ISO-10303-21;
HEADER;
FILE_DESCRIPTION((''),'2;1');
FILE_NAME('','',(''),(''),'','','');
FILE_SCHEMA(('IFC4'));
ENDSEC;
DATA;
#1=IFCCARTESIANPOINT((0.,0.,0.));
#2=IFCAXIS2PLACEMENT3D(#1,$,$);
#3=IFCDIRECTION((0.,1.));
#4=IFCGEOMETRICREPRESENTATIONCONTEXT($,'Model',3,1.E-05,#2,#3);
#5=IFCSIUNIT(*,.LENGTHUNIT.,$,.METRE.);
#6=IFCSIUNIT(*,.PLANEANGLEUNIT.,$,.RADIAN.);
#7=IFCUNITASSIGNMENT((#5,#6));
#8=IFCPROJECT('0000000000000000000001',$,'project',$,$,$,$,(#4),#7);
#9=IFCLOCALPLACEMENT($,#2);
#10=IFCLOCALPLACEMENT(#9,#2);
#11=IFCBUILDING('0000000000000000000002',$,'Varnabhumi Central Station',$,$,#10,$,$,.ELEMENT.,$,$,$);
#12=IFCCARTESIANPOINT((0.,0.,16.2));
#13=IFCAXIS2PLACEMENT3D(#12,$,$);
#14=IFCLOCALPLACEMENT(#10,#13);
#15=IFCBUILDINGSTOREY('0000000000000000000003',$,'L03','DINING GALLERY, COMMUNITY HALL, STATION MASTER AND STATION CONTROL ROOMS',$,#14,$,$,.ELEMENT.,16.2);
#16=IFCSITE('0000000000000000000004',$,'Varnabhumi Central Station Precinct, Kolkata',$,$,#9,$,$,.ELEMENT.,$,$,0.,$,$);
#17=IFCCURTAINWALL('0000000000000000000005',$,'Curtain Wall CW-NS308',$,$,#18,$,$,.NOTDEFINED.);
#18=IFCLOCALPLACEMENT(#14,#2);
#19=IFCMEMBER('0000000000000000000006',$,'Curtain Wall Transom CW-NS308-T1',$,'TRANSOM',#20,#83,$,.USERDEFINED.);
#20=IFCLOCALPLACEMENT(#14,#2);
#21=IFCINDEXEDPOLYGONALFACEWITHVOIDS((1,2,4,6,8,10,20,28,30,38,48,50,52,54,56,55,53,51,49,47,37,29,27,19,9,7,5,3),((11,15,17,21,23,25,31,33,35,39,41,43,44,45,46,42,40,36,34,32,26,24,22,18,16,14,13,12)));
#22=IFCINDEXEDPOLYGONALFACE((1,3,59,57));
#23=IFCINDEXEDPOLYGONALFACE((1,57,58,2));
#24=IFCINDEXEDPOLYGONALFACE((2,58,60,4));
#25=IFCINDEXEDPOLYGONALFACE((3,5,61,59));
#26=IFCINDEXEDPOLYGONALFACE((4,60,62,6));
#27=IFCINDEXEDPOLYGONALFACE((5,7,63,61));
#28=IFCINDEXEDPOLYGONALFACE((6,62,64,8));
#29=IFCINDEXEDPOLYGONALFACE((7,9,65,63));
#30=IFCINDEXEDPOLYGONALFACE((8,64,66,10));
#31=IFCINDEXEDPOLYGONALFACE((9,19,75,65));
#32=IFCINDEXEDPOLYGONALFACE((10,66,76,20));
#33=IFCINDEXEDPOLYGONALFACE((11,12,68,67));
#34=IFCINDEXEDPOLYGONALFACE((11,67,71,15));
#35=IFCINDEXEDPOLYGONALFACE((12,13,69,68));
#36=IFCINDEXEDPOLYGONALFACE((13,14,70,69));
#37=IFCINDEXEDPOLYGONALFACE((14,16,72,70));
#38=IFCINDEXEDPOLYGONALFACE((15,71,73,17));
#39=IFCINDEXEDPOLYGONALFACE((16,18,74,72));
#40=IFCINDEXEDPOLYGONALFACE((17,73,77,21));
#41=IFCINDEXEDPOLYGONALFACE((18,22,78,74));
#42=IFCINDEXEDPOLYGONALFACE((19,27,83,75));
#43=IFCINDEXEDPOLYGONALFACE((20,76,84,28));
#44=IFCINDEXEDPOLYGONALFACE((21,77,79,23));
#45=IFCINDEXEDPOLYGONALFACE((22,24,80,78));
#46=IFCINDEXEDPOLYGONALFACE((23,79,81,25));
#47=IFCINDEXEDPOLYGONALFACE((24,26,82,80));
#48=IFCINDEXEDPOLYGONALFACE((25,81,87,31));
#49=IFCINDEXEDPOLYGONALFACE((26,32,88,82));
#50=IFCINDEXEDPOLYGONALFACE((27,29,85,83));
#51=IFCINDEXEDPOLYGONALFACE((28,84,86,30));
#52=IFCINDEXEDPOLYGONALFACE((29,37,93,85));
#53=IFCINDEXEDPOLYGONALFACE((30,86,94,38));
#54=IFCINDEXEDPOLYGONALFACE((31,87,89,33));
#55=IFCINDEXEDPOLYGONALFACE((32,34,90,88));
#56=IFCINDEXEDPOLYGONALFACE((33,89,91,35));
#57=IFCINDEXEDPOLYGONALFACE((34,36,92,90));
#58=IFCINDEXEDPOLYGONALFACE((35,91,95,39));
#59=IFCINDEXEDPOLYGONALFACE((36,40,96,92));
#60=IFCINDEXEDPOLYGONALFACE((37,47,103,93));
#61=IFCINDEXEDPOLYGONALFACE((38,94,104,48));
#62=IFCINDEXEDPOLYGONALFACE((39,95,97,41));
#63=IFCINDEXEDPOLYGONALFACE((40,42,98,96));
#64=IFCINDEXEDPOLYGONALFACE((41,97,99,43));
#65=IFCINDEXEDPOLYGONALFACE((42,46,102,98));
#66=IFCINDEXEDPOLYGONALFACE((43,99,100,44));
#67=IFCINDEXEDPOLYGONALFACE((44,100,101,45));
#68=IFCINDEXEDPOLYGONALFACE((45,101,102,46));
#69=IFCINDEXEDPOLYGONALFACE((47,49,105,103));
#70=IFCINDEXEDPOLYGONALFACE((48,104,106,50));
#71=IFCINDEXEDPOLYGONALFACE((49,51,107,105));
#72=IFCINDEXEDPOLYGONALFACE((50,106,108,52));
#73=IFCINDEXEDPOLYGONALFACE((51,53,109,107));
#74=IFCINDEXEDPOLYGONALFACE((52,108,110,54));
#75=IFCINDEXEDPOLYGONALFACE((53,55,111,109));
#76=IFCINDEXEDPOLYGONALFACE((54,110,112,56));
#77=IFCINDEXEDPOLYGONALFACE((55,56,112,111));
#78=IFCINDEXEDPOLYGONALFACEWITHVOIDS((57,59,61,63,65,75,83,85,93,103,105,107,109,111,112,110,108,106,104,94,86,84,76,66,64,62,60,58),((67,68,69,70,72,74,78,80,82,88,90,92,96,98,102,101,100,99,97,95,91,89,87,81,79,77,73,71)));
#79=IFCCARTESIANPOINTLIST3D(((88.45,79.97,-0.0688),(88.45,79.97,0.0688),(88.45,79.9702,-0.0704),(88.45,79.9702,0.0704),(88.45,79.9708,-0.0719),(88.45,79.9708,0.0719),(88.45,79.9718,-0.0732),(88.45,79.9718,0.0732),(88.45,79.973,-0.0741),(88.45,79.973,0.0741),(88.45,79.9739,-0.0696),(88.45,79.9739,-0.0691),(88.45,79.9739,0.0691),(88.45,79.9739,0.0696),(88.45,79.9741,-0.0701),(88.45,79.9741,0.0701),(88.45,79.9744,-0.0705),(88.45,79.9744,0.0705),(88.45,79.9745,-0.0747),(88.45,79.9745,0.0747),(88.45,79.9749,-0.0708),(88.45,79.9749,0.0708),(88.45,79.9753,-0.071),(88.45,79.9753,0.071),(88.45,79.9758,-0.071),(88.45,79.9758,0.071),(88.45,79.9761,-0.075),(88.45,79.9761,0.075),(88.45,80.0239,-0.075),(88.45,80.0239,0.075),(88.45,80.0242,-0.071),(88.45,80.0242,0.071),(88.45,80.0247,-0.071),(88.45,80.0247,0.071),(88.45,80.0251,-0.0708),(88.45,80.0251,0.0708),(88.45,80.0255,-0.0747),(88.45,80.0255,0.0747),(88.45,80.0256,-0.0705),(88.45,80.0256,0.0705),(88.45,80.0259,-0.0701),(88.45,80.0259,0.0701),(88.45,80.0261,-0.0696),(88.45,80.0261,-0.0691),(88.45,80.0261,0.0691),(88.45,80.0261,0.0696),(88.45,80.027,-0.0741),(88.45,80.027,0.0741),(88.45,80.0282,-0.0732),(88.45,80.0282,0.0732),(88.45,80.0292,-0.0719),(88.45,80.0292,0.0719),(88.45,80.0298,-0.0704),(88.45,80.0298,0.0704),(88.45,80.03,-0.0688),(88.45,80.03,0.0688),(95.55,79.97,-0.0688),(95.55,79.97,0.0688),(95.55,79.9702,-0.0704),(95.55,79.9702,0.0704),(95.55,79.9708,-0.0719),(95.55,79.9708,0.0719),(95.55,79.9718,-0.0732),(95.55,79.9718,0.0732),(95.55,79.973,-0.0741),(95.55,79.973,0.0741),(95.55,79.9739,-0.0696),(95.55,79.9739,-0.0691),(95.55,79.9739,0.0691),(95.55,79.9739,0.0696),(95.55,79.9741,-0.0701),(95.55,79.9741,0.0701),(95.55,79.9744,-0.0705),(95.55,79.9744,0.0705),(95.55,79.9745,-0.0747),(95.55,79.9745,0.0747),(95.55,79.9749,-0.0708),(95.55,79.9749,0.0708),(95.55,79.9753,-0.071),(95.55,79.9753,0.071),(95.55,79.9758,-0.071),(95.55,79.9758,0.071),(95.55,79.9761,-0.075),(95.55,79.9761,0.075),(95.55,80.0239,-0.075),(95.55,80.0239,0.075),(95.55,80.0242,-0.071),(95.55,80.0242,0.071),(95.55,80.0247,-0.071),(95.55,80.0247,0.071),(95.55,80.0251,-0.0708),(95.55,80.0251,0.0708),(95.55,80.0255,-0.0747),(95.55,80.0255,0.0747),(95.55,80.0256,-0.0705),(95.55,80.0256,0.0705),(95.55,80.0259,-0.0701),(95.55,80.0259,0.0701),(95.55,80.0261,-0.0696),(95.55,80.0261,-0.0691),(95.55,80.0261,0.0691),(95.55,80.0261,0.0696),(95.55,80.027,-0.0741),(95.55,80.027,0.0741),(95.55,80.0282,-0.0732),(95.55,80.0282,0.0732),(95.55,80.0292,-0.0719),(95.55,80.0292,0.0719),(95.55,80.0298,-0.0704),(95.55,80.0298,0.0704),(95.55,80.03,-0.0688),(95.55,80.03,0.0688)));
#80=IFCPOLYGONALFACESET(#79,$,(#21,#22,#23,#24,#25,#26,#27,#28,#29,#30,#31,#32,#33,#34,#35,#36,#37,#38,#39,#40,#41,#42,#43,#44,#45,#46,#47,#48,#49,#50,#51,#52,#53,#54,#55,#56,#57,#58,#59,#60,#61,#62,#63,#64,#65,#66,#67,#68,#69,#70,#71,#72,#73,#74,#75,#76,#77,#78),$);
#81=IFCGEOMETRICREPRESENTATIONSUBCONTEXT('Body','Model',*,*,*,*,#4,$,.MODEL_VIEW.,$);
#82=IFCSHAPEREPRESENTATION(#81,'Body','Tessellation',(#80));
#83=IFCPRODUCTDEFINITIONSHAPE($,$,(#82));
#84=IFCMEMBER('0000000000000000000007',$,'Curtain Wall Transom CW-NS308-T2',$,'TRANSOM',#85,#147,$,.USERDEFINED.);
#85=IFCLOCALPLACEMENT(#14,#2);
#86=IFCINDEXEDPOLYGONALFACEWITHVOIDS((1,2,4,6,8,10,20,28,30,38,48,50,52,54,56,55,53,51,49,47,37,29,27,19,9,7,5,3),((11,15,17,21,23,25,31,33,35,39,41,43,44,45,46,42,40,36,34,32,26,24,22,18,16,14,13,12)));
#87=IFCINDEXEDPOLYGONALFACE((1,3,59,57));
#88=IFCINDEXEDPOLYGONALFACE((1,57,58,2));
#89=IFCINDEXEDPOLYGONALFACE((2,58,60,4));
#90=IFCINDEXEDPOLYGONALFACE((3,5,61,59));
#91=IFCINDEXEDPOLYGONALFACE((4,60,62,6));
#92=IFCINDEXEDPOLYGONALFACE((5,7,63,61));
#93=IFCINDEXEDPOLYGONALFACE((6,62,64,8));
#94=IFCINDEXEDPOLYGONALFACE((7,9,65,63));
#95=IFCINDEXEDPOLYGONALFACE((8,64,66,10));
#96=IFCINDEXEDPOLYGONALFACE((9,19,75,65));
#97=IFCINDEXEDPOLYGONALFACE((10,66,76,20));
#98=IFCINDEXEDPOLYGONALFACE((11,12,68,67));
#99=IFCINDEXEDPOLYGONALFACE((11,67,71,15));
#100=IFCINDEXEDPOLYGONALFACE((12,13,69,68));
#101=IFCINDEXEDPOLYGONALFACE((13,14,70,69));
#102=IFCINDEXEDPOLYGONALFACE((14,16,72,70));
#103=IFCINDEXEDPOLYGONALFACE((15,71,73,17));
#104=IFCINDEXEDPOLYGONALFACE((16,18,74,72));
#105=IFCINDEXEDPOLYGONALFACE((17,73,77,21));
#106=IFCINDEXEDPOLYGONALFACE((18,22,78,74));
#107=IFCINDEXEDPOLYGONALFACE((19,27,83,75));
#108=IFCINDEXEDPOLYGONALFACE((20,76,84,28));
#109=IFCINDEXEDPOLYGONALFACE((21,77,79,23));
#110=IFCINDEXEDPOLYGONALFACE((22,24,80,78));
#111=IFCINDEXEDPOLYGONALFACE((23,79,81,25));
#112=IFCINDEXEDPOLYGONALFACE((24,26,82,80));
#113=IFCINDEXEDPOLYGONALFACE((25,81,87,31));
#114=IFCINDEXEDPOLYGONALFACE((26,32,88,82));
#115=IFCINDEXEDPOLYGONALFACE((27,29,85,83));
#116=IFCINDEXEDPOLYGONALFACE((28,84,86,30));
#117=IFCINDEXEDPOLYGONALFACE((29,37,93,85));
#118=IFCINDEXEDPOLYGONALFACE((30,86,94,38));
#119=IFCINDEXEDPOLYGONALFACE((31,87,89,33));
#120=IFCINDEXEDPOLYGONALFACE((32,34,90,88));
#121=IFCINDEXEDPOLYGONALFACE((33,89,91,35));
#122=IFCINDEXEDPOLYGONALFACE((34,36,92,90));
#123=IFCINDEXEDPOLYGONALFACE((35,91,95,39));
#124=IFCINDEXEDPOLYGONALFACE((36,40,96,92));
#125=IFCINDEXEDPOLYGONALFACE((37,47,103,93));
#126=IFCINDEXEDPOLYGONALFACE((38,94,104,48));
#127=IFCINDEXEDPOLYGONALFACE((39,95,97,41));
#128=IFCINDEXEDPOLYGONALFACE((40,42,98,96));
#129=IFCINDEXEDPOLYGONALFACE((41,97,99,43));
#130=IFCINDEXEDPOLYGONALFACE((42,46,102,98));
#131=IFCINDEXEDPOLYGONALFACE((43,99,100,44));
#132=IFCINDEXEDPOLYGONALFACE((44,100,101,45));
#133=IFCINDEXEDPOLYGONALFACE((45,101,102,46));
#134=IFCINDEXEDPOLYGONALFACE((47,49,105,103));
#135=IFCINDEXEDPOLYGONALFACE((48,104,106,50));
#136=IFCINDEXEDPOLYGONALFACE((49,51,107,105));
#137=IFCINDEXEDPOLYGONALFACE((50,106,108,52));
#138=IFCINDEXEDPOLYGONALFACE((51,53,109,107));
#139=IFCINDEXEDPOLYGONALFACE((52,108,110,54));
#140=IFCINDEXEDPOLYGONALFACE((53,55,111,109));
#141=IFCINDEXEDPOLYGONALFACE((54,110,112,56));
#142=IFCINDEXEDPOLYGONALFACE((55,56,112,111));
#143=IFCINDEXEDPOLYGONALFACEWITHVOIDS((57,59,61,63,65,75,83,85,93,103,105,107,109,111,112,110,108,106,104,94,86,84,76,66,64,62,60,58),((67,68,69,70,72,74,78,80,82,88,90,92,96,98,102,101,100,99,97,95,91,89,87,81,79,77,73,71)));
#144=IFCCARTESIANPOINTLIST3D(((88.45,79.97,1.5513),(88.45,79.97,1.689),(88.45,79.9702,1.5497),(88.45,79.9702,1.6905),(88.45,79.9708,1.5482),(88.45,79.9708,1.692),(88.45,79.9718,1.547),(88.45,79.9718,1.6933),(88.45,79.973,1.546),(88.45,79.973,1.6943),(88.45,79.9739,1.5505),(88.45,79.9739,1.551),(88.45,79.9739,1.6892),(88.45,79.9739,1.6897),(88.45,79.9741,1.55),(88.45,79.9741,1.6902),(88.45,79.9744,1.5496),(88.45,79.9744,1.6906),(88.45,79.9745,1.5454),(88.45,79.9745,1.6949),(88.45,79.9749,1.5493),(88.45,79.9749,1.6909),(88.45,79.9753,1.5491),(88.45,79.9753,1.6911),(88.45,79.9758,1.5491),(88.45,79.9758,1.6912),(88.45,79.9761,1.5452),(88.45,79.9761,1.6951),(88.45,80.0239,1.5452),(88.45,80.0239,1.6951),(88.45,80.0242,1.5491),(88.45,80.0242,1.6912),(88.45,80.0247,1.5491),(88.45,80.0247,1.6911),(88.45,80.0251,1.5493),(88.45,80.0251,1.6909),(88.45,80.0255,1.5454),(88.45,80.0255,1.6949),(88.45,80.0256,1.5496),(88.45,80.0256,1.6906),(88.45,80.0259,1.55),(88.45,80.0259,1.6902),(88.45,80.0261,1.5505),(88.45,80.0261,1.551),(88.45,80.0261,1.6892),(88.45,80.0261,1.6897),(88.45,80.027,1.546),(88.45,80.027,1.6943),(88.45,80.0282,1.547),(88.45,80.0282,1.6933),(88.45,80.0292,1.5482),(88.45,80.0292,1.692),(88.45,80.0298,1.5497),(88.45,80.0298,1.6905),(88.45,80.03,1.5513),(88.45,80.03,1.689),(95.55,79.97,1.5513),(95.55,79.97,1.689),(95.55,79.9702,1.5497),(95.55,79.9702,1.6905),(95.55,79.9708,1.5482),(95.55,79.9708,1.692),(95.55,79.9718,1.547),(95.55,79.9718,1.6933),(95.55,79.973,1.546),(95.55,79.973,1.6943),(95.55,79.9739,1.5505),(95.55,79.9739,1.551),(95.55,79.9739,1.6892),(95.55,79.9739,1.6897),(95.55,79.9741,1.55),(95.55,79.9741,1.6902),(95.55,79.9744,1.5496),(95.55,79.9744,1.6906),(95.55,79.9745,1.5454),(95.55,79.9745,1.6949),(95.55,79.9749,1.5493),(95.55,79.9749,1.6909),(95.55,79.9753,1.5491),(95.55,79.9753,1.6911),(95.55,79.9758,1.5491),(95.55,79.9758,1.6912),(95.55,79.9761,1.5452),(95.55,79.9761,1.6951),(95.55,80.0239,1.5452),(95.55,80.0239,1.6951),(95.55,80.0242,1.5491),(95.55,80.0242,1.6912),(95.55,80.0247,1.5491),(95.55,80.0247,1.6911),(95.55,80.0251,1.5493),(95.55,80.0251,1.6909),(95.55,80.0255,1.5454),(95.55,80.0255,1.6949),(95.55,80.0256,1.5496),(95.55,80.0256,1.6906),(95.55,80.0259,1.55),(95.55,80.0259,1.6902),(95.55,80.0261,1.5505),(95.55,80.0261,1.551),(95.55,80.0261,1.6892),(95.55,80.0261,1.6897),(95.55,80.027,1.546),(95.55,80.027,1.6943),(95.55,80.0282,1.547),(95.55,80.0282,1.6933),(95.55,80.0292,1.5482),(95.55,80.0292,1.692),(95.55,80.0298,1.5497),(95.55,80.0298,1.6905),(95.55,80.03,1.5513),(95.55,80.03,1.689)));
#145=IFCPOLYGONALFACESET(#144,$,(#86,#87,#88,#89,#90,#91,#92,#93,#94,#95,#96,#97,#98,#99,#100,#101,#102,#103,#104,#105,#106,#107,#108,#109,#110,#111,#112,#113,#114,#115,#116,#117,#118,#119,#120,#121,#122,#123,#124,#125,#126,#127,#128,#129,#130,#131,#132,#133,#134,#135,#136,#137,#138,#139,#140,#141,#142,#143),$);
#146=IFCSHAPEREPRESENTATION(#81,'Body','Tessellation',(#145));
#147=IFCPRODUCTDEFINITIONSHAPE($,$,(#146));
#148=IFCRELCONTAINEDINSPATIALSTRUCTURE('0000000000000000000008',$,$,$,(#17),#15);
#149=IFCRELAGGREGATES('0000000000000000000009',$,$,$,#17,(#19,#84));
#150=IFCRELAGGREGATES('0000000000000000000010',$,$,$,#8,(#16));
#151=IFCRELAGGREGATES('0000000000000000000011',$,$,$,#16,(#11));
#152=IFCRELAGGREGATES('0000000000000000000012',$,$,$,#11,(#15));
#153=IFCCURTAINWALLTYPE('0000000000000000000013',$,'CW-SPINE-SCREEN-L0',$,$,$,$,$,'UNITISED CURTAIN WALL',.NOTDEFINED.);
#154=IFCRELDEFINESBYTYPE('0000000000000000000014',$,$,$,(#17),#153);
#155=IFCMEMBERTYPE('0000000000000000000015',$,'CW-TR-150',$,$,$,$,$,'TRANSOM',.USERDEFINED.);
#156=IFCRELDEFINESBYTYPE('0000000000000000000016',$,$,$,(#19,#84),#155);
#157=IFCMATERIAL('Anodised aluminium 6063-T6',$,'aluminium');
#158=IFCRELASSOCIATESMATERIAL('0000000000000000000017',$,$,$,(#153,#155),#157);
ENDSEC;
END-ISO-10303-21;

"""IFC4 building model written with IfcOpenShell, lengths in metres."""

from ifc_helpers import new_model, si_unit, direction, frame, origin, origin_2d, place, context, subcontext, project, spatial, hollow_rectangle, extrude, material, material_profile, profile_set, type_object, element, aggregate, save


model = new_model("IFC4")

# Units and contexts
model_context = context("Model", 3, precision=1e-05, world=origin(), true_north=direction((0.0, 1.0)))
body_context = subcontext(model_context, "Body", "Model", "MODEL_VIEW")
ifc_project = project(units=[si_unit("LENGTHUNIT", "METRE"), si_unit("PLANEANGLEUNIT", "RADIAN")], contexts=[model_context])

# Site, building, storey
site_placement = place(None, origin())
site = spatial("IfcSite", under=ifc_project, at=site_placement, Name="Varnabhumi Central Station Precinct, Kolkata", CompositionType="ELEMENT", RefElevation=0.0)
building_placement = place(site_placement, origin())
building = spatial("IfcBuilding", under=site, at=building_placement, Name="Varnabhumi Central Station", CompositionType="ELEMENT")
storey_placement = place(building_placement, frame((0.0, 0.0, 16.2)))
storey = spatial("IfcBuildingStorey", under=building, at=storey_placement, Name="L03", Description="DINING GALLERY, COMMUNITY HALL, STATION MASTER AND STATION CONTROL ROOMS", CompositionType="ELEMENT", Elevation=16.2)

# Curtain wall, members
ifc_material_1 = material(Name="Anodised aluminium 6063-T6", Category="aluminium")
curtain_wall_type = type_object("IfcCurtainWallType", Name="CW-SPINE-SCREEN-L0", ElementType="UNITISED CURTAIN WALL", PredefinedType="NOTDEFINED", material=ifc_material_1)
curtain_wall_placement = place(storey_placement, origin())
curtain_wall = element("IfcCurtainWall", 1, at=curtain_wall_placement, inside=storey, type_object=curtain_wall_type, Name="Curtain Wall CW-NS308", PredefinedType="NOTDEFINED")
ifc_material_profile_1 = material_profile(ifc_material_1, hollow_rectangle(XDim=0.0601, YDim=0.1499, WallThickness=0.0039, InnerFilletRadius=0.002, OuterFilletRadius=0.0061, at=origin_2d()), Name="Anodised aluminium 6063-T6", Category="aluminium")
ifc_profile_set_1 = profile_set([ifc_material_profile_1], Name="Anodised aluminium 6063-T6")
member_type_1 = type_object("IfcMemberType", Name="CW-TR-150", ElementType="TRANSOM", PredefinedType="USERDEFINED", material=ifc_profile_set_1)
member_1_placement = place(storey_placement, frame((88.45, 80.0, 0.0), z_axis=(1.0, 0.0, 0.0), x_axis=(0.0, 1.0, 0.0)))
member_1 = element("IfcMember", 2, at=member_1_placement, type_object=member_type_1, Name="Curtain Wall Transom CW-NS308-T1", ObjectType="TRANSOM", PredefinedType="USERDEFINED", context=body_context, shape_type="SweptSolid", body=[
    extrude(hollow_rectangle(XDim=0.0601, YDim=0.1499, WallThickness=0.0039, InnerFilletRadius=0.002, OuterFilletRadius=0.0061, at=origin_2d()), origin(), (0.0, 0.0, 1.0), 7.1001),
])
member_2_placement = place(storey_placement, frame((88.45, 80.0, 1.6201), z_axis=(1.0, 0.0, 0.0), x_axis=(0.0, 1.0, 0.0)))
member_2 = element("IfcMember", 3, at=member_2_placement, type_object=member_type_1, Name="Curtain Wall Transom CW-NS308-T2", ObjectType="TRANSOM", PredefinedType="USERDEFINED", context=body_context, shape_type="SweptSolid", body=[
    extrude(hollow_rectangle(XDim=0.0601, YDim=0.1499, WallThickness=0.0039, InnerFilletRadius=0.002, OuterFilletRadius=0.0061, at=origin_2d()), origin(), (0.0, 0.0, 1.0), 7.1001),
])

aggregate(curtain_wall, [member_1, member_2])

save(model, "model.ifc")
